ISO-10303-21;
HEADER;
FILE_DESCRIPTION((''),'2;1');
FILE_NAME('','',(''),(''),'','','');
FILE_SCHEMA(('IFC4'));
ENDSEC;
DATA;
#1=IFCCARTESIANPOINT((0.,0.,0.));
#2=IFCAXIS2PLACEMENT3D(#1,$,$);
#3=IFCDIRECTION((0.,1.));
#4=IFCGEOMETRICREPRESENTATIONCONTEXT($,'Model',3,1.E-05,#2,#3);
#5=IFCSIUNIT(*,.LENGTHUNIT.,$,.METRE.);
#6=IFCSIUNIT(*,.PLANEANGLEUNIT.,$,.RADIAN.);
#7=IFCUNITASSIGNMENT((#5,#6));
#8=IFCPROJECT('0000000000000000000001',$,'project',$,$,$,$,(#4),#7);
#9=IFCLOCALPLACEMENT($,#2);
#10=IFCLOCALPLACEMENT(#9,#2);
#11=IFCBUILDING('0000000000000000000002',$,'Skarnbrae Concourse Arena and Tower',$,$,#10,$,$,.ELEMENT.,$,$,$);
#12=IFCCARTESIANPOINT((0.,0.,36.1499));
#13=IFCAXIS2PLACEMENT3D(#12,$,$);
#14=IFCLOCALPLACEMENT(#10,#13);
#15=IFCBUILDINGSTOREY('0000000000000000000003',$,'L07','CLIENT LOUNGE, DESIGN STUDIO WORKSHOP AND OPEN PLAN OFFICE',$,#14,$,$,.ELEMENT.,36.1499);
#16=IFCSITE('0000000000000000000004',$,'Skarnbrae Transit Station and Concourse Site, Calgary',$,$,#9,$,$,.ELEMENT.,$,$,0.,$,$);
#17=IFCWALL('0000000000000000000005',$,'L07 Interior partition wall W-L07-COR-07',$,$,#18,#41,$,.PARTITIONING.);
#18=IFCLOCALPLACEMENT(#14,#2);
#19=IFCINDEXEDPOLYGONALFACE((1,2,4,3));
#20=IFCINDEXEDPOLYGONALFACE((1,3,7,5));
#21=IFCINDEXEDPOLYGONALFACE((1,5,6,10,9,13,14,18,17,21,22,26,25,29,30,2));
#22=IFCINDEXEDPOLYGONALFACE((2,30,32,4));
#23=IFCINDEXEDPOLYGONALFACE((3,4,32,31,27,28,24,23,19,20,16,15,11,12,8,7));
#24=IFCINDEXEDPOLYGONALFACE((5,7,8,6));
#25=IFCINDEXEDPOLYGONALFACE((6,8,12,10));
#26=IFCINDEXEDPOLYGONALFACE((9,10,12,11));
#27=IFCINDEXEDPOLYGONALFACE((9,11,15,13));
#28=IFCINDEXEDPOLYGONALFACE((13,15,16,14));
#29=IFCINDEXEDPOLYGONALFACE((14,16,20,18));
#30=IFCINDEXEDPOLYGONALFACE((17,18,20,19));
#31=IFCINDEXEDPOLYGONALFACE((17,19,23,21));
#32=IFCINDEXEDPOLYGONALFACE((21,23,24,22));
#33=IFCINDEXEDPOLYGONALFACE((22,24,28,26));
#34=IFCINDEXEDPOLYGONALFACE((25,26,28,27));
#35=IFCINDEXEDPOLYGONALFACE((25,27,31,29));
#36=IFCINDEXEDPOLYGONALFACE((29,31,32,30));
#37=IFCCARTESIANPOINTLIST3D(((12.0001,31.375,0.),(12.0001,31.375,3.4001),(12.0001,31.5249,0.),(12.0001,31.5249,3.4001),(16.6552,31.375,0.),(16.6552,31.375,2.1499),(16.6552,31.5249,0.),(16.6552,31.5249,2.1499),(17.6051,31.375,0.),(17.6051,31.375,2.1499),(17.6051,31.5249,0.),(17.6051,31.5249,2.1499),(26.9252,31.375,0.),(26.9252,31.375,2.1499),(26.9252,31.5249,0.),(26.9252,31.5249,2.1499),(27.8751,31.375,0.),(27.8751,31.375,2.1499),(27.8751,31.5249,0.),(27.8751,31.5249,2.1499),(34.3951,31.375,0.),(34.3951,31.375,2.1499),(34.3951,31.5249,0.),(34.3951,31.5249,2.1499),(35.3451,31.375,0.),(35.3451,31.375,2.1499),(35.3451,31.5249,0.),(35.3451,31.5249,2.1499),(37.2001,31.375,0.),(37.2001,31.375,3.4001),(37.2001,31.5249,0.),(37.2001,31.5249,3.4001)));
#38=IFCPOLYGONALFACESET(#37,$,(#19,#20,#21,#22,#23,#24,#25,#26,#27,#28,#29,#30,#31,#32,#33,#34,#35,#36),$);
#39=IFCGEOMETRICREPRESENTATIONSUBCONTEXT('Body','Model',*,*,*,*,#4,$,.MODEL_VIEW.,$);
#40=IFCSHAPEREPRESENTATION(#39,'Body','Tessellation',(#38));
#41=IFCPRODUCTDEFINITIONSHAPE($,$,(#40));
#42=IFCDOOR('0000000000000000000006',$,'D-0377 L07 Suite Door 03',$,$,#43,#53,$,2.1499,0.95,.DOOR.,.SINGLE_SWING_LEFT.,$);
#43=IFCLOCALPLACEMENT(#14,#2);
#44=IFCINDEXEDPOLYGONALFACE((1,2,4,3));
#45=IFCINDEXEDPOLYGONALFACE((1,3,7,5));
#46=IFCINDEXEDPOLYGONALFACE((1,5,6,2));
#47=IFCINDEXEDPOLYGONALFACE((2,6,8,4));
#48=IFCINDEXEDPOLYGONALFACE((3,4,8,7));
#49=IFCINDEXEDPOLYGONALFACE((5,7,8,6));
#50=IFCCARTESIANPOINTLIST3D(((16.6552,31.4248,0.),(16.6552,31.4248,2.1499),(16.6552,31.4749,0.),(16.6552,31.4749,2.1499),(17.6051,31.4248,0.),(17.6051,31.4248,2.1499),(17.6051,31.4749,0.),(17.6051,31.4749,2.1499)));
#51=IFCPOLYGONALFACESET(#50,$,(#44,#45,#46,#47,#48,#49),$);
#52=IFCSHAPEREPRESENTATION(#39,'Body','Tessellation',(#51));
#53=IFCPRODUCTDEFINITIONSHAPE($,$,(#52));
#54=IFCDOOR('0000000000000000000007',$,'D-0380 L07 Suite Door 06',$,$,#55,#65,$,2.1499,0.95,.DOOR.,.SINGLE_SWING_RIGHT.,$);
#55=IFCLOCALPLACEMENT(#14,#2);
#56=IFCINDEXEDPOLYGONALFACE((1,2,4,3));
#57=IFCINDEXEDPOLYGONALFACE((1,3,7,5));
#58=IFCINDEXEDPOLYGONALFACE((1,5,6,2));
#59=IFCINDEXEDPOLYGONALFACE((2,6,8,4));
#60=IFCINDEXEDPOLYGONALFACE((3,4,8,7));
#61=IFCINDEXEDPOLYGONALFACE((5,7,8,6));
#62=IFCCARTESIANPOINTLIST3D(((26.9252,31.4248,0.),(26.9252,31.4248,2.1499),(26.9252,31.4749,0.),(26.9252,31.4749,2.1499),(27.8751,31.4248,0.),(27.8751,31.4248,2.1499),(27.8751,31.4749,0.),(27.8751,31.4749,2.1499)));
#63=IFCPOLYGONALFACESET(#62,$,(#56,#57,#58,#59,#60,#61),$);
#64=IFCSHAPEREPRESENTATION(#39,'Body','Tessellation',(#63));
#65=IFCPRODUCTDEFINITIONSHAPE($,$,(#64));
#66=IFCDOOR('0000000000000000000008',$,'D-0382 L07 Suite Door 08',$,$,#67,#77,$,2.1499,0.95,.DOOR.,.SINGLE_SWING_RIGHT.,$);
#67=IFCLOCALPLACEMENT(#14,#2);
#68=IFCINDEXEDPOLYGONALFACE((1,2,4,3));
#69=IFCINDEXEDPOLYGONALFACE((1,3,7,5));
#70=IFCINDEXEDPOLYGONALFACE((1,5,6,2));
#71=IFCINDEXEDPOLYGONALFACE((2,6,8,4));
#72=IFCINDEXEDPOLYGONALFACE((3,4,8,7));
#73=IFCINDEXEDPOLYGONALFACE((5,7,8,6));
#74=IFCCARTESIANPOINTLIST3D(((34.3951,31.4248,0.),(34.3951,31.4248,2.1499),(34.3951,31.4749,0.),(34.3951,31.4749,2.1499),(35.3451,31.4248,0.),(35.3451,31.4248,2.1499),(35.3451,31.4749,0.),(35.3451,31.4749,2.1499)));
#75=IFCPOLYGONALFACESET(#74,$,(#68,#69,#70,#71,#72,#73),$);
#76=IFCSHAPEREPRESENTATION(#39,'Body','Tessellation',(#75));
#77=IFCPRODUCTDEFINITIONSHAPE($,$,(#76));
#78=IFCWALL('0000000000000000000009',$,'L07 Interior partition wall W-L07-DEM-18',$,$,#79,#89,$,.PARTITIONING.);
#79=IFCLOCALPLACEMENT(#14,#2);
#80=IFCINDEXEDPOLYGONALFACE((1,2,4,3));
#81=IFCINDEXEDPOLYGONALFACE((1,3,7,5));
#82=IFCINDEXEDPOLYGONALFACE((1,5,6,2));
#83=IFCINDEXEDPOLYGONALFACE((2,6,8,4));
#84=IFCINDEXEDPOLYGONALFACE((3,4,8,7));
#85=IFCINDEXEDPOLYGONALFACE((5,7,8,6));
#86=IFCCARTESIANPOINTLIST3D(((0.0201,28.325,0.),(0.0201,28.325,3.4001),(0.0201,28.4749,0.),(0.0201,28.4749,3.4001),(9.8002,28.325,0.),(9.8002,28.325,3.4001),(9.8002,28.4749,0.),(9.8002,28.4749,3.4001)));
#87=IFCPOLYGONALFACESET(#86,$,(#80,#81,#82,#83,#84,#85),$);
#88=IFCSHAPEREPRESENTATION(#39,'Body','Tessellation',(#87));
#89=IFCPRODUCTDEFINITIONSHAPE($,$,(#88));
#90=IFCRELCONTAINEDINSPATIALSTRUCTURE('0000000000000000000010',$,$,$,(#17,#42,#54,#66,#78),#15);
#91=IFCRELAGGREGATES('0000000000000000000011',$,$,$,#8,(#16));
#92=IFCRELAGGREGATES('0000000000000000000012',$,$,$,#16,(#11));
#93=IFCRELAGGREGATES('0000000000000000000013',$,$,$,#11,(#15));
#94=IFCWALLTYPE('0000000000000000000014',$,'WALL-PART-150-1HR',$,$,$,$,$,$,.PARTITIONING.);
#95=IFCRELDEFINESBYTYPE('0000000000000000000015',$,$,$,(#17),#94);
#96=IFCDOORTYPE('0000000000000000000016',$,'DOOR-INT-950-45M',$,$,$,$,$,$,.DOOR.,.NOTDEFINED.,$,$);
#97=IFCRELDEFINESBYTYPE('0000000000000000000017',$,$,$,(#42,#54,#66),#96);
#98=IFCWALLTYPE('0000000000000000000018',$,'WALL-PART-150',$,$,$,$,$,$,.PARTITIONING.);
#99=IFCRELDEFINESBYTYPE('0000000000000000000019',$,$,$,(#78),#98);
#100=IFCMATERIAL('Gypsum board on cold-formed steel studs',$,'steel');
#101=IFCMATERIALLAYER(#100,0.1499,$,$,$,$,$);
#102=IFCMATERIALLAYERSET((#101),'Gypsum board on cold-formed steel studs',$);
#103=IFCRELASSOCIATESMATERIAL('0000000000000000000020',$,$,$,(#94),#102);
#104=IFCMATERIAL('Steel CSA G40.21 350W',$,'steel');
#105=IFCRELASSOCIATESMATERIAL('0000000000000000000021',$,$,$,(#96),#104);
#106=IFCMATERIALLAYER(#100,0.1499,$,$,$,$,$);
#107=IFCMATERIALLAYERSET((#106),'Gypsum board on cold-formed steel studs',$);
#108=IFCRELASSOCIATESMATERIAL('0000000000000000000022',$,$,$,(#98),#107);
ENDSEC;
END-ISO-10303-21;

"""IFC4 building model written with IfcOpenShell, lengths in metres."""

from ifc_helpers import new_model, si_unit, direction, frame, frame_2d, origin, place, context, subcontext, project, spatial, rectangle, extrude, source, transform, mapped, material, layer, layer_set, type_object, element, fill, save


model = new_model("IFC4")

# Units and contexts
model_context = context("Model", 3, precision=1e-05, world=origin(), true_north=direction((0.0, 1.0)))
body_context = subcontext(model_context, "Body", "Model", "MODEL_VIEW")
ifc_project = project(units=[si_unit("LENGTHUNIT", "METRE"), si_unit("PLANEANGLEUNIT", "RADIAN")], contexts=[model_context])

# Site, building, storey
site_placement = place(None, origin())
site = spatial("IfcSite", under=ifc_project, at=site_placement, Name="Skarnbrae Transit Station and Concourse Site, Calgary", CompositionType="ELEMENT", RefElevation=0.0)
building_placement = place(site_placement, origin())
building = spatial("IfcBuilding", under=site, at=building_placement, Name="Skarnbrae Concourse Arena and Tower", CompositionType="ELEMENT")
storey_placement = place(building_placement, frame((0.0, 0.0, 36.1499)))
storey = spatial("IfcBuildingStorey", under=building, at=storey_placement, Name="L07", Description="CLIENT LOUNGE, DESIGN STUDIO WORKSHOP AND OPEN PLAN OFFICE", CompositionType="ELEMENT", Elevation=36.1499)

# Shared definitions
ifc_material_1 = material(Name="Steel CSA G40.21 350W", Category="steel")

# Shared definitions
ifc_material_2 = material(Name="Gypsum board on cold-formed steel studs", Category="steel")
ifc_layer_1 = layer(ifc_material_2, 0.1499)
ifc_layer_set_1 = layer_set([ifc_layer_1], Name="Gypsum board on cold-formed steel studs")
wall_type_1 = type_object("IfcWallType", Name="WALL-PART-150-1HR", PredefinedType="PARTITIONING", material=ifc_layer_set_1)
door_type = type_object("IfcDoorType", Name="DOOR-INT-950-45M", OperationType="NOTDEFINED", PredefinedType="DOOR", material=ifc_material_1)
shared_shape_1 = source(origin(), body_context, "Body", "SweptSolid", [
    extrude(rectangle(XDim=0.95, YDim=2.1499, at=frame_2d((0.4751, 1.075))), frame((0.0, 0.0249, 0.0), z_axis=(0.0, -1.0, 0.0), x_axis=(1.0, 0.0, 0.0)), (0.0, 0.0, 1.0), 0.05),
])

# Wall, openings, doors
shared_shape_2 = source(origin(), body_context, "Body", "SweptSolid", [
    extrude(rectangle(XDim=25.2, YDim=0.1499, at=frame_2d((12.6001, 0.0))), origin(), (0.0, 0.0, 1.0), 3.4001),
])
wall_1_placement = place(storey_placement, frame((12.0, 31.45, 0.0), z_axis=(0.0, 0.0, 1.0), x_axis=(1.0, 0.0, 0.0)))
wall_1 = element("IfcWall", 1, at=wall_1_placement, inside=storey, type_object=wall_type_1, Name="L07 Interior partition wall W-L07-COR-07", PredefinedType="PARTITIONING", context=body_context, shape_type="MappedRepresentation", body=[
    mapped(shared_shape_2, transform((0.0, 0.0, 0.0))),
])
opening_1_placement = place(wall_1_placement, frame((4.655, 0.0, 0.0)))
opening_1 = element("IfcOpeningElement", 2, at=opening_1_placement, cuts=wall_1, PredefinedType="OPENING", context=body_context, shape_type="SweptSolid", body=[
    extrude(rectangle(XDim=0.95, YDim=2.1499, at=frame_2d((0.4751, 1.075))), frame((0.0, 0.085, 0.0), z_axis=(0.0, -1.0, 0.0), x_axis=(1.0, 0.0, 0.0)), (0.0, 0.0, 1.0), 0.1699),
])
opening_2_placement = place(wall_1_placement, frame((14.925, 0.0, 0.0)))
opening_2 = element("IfcOpeningElement", 3, at=opening_2_placement, cuts=wall_1, PredefinedType="OPENING", context=body_context, shape_type="SweptSolid", body=[
    extrude(rectangle(XDim=0.95, YDim=2.1499, at=frame_2d((0.4751, 1.075))), frame((0.0, 0.085, 0.0), z_axis=(0.0, -1.0, 0.0), x_axis=(1.0, 0.0, 0.0)), (0.0, 0.0, 1.0), 0.1699),
])
opening_3_placement = place(wall_1_placement, frame((22.395, 0.0, 0.0)))
opening_3 = element("IfcOpeningElement", 4, at=opening_3_placement, cuts=wall_1, PredefinedType="OPENING", context=body_context, shape_type="SweptSolid", body=[
    extrude(rectangle(XDim=0.95, YDim=2.1499, at=frame_2d((0.4751, 1.075))), frame((0.0, 0.085, 0.0), z_axis=(0.0, -1.0, 0.0), x_axis=(1.0, 0.0, 0.0)), (0.0, 0.0, 1.0), 0.1699),
])
door_1_placement = place(opening_1_placement, origin())
door_1 = element("IfcDoor", 5, at=door_1_placement, inside=storey, type_object=door_type, Name="D-0377 L07 Suite Door 03", OperationType="SINGLE_SWING_LEFT", OverallHeight=2.1499, OverallWidth=0.95, PredefinedType="DOOR", context=body_context, shape_type="MappedRepresentation", body=[
    mapped(shared_shape_1, transform((0.0, 0.0, 0.0))),
])
fill(opening_1, door_1)
door_2_placement = place(opening_2_placement, origin())
door_2 = element("IfcDoor", 6, at=door_2_placement, inside=storey, type_object=door_type, Name="D-0380 L07 Suite Door 06", OperationType="SINGLE_SWING_RIGHT", OverallHeight=2.1499, OverallWidth=0.95, PredefinedType="DOOR", context=body_context, shape_type="MappedRepresentation", body=[
    mapped(shared_shape_1, transform((0.0, 0.0, 0.0))),
])
fill(opening_2, door_2)
door_3_placement = place(opening_3_placement, origin())
door_3 = element("IfcDoor", 7, at=door_3_placement, inside=storey, type_object=door_type, Name="D-0382 L07 Suite Door 08", OperationType="SINGLE_SWING_RIGHT", OverallHeight=2.1499, OverallWidth=0.95, PredefinedType="DOOR", context=body_context, shape_type="MappedRepresentation", body=[
    mapped(shared_shape_1, transform((0.0, 0.0, 0.0))),
])
fill(opening_3, door_3)

# Wall
ifc_layer_2 = layer(ifc_material_2, 0.1499)
ifc_layer_set_2 = layer_set([ifc_layer_2], Name="Gypsum board on cold-formed steel studs")
wall_type_2 = type_object("IfcWallType", Name="WALL-PART-150", PredefinedType="PARTITIONING", material=ifc_layer_set_2)
shared_shape_3 = source(origin(), body_context, "Body", "SweptSolid", [
    extrude(rectangle(XDim=9.78, YDim=0.1499, at=frame_2d((4.8901, 0.0))), origin(), (0.0, 0.0, 1.0), 3.4001),
])
wall_2_placement = place(storey_placement, frame((0.02, 28.3999, 0.0), z_axis=(0.0, 0.0, 1.0), x_axis=(1.0, 0.0, 0.0)))
element("IfcWall", 8, at=wall_2_placement, inside=storey, type_object=wall_type_2, Name="L07 Interior partition wall W-L07-DEM-18", PredefinedType="PARTITIONING", context=body_context, shape_type="MappedRepresentation", body=[
    mapped(shared_shape_3, transform((0.0, 0.0, 0.0))),
])

save(model, "model.ifc")
